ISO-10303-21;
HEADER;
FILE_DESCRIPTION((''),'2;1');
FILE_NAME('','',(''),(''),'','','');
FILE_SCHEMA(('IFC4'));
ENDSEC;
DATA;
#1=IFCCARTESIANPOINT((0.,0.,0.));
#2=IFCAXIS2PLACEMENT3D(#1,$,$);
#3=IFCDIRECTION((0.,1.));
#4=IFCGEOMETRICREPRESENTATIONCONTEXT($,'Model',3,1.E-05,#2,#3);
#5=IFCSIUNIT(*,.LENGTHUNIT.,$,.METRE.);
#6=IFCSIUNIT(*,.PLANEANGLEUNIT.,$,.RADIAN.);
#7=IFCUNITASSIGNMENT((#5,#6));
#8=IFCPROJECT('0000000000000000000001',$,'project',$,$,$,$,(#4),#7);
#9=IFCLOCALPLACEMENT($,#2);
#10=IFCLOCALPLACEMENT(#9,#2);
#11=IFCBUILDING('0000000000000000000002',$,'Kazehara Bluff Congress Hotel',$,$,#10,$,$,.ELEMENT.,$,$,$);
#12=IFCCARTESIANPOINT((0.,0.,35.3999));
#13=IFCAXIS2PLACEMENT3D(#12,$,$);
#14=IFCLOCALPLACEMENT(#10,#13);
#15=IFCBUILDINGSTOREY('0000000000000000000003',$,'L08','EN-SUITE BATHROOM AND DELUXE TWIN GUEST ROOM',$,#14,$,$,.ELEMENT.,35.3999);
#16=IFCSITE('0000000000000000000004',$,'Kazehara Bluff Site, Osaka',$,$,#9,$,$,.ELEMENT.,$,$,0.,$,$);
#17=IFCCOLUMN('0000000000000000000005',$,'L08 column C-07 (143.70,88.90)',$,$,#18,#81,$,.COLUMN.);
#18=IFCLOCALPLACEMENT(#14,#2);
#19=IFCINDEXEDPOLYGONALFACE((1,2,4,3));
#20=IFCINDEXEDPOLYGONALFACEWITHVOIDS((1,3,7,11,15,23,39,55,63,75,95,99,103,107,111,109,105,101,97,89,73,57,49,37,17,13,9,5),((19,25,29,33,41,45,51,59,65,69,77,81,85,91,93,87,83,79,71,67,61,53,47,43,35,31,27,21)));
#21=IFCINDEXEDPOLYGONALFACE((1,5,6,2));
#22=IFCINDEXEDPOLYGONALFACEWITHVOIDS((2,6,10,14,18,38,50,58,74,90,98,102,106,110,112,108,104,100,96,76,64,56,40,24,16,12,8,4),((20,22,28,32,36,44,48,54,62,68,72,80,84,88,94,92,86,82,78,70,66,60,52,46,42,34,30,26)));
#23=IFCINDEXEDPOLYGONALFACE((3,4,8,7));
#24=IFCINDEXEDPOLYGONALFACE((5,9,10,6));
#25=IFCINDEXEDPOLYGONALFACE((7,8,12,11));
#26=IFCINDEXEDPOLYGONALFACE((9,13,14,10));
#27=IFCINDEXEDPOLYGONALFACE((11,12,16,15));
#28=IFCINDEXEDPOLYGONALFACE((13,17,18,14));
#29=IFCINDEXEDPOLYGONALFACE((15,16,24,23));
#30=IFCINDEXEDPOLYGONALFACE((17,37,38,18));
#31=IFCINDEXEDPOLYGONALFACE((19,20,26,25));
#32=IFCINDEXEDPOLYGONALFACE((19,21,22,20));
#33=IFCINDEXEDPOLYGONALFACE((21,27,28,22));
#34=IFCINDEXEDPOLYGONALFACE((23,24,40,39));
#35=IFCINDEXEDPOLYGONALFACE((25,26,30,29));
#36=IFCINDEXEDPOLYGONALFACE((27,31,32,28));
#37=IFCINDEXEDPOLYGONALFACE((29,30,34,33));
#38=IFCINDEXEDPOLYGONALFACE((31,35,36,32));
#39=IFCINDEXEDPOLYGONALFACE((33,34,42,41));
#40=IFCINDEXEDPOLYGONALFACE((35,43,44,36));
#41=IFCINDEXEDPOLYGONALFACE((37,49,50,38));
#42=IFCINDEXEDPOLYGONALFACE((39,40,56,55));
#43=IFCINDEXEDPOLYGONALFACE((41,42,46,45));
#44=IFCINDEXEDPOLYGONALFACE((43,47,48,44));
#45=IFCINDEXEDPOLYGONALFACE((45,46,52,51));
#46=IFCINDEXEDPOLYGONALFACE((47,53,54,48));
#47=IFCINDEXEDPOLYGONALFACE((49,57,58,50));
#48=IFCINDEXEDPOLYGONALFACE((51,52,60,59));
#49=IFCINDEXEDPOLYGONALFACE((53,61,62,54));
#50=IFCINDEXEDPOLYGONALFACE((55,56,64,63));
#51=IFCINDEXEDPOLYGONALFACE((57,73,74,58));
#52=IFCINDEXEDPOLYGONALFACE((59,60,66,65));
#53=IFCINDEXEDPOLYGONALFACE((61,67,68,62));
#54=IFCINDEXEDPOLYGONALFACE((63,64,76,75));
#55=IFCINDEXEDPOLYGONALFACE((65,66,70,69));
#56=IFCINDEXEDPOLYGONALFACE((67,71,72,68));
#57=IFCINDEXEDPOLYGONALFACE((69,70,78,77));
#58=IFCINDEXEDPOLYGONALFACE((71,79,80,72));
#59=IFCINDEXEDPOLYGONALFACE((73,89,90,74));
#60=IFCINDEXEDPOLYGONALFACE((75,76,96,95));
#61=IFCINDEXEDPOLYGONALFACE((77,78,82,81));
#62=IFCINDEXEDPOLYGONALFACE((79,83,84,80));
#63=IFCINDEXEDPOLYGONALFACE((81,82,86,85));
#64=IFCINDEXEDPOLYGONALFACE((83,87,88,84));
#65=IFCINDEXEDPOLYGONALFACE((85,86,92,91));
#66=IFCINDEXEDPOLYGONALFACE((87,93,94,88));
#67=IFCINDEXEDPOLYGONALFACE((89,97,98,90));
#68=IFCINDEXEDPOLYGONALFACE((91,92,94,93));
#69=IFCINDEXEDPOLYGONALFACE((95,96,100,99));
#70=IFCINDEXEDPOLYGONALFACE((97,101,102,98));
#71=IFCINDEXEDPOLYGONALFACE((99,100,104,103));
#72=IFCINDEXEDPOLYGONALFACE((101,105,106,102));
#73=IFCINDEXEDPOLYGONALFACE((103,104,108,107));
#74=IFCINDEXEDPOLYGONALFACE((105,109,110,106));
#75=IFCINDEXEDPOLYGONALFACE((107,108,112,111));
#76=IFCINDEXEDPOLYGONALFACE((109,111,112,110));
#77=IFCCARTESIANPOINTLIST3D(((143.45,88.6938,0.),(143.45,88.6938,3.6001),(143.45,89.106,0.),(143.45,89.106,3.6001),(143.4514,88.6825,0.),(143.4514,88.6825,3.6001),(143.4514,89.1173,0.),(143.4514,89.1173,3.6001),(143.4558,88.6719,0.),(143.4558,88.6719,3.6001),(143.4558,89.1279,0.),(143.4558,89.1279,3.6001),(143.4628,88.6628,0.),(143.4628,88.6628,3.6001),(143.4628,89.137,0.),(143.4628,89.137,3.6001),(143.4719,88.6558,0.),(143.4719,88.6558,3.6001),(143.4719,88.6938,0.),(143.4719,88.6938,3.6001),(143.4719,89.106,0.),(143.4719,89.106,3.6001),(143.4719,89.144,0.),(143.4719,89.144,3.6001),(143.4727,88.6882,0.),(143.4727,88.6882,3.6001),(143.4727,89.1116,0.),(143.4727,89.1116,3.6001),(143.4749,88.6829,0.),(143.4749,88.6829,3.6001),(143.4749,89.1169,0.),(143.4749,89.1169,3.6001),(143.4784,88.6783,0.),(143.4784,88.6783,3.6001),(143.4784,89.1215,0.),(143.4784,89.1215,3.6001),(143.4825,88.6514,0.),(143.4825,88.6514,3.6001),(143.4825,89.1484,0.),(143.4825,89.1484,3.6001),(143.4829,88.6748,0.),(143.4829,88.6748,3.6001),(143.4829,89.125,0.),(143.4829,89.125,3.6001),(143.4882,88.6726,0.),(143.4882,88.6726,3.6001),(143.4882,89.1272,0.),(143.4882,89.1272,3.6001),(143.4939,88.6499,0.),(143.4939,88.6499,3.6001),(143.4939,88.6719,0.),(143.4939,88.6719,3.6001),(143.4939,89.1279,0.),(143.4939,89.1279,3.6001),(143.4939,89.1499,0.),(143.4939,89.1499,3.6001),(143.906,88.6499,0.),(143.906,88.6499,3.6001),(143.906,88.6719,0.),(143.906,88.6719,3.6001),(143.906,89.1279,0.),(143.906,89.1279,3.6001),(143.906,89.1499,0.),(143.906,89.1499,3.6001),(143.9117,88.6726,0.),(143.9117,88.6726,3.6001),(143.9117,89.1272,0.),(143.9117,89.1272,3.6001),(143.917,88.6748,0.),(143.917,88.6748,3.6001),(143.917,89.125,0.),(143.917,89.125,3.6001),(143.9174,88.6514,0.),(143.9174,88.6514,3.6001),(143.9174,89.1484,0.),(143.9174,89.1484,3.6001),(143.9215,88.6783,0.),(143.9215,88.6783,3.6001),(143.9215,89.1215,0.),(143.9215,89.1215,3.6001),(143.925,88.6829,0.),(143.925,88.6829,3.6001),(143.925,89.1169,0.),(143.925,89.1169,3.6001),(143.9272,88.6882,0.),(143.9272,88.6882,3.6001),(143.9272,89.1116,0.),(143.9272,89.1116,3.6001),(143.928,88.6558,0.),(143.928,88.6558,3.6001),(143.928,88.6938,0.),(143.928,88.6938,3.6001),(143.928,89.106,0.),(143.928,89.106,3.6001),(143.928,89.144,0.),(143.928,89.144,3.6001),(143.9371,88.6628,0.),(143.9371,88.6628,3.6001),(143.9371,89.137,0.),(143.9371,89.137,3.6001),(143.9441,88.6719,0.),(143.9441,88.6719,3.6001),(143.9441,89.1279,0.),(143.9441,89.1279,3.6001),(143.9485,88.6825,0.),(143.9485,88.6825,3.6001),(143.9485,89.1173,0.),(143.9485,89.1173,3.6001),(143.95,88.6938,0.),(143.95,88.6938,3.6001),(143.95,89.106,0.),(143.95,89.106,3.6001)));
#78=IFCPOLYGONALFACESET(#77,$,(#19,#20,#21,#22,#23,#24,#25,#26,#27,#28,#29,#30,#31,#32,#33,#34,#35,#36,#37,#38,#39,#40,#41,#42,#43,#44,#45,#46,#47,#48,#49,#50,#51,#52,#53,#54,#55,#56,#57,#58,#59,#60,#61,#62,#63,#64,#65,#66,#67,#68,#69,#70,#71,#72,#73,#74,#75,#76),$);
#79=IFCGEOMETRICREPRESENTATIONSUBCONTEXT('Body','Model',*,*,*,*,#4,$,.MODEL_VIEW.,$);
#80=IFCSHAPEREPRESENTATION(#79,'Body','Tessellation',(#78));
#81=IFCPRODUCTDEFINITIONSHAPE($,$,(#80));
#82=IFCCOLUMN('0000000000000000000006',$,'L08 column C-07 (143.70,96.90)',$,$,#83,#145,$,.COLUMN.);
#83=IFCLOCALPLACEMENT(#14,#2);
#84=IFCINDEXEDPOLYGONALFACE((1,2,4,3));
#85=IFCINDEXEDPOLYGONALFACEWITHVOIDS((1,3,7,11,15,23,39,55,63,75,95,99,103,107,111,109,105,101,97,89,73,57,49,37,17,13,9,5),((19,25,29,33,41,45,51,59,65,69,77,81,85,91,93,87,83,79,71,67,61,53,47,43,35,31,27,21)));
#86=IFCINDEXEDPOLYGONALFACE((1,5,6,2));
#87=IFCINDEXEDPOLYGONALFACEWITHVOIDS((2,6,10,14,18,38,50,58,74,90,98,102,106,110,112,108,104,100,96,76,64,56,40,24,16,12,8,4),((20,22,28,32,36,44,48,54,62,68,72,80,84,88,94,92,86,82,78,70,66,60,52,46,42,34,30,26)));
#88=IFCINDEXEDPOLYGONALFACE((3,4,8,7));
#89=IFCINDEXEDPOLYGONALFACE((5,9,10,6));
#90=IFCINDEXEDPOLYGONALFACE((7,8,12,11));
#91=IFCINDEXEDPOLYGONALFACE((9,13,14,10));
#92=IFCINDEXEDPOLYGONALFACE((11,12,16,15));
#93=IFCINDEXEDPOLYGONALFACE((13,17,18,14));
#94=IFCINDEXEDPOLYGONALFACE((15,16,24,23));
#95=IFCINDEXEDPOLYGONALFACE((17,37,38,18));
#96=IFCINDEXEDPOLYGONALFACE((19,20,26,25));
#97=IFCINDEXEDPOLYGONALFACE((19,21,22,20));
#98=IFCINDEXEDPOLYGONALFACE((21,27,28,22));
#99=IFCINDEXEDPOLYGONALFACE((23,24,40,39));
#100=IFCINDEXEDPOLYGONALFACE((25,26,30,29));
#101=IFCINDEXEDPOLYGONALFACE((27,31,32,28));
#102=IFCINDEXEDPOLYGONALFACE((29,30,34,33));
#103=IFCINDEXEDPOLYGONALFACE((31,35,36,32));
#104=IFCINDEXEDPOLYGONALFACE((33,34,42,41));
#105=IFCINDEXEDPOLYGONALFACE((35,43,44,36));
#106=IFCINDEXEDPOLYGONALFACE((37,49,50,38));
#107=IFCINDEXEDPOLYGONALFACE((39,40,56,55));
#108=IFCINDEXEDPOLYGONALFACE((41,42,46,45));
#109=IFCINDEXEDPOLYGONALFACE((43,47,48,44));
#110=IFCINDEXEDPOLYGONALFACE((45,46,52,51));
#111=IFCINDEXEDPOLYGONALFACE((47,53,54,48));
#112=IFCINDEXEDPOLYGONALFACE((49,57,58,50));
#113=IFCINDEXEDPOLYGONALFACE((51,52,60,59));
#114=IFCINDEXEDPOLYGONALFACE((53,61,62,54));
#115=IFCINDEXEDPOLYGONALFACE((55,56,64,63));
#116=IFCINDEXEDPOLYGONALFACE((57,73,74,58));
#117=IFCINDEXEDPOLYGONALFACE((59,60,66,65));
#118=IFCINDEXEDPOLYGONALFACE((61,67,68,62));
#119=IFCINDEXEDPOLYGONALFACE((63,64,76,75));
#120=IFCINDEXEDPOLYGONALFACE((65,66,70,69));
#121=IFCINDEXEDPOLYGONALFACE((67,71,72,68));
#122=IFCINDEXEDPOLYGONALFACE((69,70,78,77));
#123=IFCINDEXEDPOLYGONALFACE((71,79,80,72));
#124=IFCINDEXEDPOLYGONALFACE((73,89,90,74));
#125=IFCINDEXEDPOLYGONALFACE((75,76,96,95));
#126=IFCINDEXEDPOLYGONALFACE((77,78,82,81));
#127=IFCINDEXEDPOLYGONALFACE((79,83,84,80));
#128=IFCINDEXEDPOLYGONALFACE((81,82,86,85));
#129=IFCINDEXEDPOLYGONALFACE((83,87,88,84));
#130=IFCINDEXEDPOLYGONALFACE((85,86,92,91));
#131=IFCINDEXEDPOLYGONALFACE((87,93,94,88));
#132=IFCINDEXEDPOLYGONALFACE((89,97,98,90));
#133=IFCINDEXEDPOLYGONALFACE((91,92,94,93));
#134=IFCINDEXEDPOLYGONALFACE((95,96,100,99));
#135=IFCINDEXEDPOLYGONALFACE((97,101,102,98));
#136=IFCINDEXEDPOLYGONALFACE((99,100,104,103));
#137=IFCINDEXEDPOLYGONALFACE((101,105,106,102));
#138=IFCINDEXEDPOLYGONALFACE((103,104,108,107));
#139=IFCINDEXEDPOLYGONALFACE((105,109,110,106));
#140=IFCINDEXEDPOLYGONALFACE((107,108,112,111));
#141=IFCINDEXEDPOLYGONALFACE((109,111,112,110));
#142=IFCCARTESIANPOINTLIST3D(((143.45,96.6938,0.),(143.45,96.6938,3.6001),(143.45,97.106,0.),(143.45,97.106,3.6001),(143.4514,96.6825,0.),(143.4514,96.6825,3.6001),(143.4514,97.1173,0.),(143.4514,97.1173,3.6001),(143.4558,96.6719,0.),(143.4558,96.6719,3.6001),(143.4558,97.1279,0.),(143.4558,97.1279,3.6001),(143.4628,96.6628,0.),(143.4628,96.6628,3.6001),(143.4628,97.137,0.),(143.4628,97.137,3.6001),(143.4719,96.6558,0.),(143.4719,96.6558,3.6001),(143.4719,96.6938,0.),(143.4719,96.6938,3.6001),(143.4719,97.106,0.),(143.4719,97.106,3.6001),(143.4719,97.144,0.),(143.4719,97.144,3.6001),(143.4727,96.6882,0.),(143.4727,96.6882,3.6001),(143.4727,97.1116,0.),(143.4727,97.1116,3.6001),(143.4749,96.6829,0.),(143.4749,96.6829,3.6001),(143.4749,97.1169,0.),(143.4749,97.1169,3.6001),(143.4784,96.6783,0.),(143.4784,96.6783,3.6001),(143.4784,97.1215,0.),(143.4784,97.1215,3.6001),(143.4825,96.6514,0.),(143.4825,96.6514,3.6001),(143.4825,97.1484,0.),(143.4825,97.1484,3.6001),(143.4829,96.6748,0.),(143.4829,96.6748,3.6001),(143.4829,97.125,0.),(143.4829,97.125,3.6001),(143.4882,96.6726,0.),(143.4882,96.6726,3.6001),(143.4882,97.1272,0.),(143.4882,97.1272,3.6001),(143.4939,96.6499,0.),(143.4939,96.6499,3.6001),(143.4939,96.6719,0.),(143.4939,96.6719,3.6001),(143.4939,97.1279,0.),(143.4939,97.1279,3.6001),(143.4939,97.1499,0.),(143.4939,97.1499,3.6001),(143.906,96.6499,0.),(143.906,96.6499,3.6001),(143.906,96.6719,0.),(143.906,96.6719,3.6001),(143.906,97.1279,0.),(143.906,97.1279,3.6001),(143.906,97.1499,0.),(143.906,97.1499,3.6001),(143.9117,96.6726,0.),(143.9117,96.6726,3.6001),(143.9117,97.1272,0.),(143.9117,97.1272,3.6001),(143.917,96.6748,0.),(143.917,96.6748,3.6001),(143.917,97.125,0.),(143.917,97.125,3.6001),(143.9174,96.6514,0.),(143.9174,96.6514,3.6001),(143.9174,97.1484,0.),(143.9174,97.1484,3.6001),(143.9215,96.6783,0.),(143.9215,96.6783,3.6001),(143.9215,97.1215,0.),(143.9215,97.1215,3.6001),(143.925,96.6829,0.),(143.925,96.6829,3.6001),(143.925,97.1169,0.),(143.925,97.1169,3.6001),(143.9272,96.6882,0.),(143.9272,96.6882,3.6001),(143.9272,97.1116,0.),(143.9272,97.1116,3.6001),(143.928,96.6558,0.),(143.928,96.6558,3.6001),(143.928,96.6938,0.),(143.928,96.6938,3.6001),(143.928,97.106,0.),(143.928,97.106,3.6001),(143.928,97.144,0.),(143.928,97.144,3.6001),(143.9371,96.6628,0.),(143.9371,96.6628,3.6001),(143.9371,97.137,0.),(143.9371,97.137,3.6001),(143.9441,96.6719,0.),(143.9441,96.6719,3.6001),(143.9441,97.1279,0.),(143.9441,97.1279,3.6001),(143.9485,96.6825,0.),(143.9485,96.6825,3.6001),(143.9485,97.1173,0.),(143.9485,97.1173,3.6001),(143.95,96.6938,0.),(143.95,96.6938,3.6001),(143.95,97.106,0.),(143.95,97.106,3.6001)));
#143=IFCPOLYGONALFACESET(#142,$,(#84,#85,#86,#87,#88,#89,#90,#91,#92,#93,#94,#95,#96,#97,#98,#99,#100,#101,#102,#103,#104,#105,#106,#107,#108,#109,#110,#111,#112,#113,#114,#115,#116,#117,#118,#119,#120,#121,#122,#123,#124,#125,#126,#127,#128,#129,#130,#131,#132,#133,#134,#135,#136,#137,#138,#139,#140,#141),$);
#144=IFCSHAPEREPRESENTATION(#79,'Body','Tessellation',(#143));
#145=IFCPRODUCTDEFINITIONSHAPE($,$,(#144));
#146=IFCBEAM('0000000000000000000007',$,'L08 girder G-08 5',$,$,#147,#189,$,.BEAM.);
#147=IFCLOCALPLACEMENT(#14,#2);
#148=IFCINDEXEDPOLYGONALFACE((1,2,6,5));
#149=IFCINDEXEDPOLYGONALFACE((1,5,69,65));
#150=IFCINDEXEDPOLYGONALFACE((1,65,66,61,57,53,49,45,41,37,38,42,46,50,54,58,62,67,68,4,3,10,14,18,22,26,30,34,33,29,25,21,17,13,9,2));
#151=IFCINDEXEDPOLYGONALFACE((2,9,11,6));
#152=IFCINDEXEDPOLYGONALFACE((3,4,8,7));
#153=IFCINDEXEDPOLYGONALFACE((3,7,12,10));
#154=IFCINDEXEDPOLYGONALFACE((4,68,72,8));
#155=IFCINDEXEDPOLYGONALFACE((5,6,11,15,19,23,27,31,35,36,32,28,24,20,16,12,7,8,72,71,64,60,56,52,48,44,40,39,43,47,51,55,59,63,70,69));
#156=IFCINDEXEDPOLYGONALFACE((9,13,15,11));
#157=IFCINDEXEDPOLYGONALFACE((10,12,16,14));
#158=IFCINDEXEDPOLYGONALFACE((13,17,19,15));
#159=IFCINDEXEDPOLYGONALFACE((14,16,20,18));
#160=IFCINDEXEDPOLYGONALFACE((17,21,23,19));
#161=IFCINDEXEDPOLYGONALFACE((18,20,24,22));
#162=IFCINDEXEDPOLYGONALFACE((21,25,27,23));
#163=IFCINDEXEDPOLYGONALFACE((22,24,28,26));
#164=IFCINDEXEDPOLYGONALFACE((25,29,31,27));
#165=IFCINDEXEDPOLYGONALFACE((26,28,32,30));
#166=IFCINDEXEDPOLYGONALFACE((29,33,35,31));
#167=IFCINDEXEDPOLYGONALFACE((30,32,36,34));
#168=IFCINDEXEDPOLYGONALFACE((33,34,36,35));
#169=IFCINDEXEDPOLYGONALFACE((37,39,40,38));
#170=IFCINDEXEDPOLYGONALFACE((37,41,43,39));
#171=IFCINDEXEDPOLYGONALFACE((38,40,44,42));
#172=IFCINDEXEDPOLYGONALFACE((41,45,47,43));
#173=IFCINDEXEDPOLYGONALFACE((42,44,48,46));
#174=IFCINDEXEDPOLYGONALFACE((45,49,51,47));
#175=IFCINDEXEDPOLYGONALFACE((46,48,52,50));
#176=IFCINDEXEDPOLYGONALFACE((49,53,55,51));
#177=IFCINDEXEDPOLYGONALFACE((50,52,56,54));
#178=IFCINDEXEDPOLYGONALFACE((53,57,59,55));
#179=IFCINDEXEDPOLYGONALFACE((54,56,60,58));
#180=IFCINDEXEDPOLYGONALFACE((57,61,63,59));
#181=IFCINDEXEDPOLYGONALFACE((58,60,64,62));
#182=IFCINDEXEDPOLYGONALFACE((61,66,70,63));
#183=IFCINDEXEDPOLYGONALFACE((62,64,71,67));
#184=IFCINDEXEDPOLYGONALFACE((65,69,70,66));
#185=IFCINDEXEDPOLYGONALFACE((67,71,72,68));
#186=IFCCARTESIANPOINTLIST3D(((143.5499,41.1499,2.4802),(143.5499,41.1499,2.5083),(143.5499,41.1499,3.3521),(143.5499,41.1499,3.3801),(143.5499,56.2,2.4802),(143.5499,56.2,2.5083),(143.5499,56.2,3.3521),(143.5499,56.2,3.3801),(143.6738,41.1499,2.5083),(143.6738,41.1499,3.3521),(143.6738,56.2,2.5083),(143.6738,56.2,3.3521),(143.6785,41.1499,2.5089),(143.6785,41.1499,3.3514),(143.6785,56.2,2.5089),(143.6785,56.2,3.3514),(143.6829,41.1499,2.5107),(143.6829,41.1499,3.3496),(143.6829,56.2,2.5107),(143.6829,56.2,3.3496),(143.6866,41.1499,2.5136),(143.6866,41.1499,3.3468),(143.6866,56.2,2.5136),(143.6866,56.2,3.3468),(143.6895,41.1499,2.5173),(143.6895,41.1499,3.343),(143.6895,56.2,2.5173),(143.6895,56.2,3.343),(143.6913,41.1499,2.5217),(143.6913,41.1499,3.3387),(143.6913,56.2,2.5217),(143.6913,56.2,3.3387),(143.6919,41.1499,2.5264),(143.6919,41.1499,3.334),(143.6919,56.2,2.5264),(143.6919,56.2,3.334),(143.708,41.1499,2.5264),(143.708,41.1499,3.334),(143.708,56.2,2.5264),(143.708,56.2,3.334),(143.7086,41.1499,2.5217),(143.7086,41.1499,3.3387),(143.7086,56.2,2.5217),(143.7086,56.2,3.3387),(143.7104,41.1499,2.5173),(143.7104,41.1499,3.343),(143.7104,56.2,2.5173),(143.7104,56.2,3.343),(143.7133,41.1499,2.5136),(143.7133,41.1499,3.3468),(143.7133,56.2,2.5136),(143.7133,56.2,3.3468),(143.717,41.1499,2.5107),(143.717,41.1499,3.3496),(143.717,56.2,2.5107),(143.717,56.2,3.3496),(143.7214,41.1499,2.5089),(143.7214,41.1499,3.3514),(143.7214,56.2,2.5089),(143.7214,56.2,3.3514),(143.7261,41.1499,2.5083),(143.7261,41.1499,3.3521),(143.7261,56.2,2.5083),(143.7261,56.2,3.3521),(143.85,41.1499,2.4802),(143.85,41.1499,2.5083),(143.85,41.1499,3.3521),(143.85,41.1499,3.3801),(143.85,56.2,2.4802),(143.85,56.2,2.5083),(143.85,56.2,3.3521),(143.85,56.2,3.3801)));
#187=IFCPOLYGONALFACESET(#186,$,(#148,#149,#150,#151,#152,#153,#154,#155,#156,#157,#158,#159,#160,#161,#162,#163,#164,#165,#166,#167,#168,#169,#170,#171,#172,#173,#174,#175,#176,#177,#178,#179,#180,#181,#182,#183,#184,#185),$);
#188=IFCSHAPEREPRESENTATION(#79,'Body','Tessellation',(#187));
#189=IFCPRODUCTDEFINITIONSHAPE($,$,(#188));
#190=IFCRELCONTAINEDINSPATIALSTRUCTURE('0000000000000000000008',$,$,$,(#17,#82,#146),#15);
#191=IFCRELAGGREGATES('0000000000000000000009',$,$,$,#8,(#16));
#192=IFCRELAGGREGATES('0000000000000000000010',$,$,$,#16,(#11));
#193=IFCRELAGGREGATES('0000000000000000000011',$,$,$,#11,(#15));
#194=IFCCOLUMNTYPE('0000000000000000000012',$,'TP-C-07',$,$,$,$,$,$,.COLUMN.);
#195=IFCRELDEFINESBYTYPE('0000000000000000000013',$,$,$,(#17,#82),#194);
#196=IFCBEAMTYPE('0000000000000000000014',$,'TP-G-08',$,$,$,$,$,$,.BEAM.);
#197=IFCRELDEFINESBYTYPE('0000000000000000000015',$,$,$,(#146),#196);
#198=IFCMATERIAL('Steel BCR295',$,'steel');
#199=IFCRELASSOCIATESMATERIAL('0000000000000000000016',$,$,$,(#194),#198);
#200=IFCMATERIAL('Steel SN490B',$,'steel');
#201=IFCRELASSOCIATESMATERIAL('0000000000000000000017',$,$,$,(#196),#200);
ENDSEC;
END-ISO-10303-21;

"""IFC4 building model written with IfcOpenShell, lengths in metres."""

from ifc_helpers import new_model, si_unit, direction, frame, origin, origin_2d, place, context, subcontext, project, spatial, hollow_rectangle, i_section, extrude, material, material_profile, profile_set, type_object, element, save


model = new_model("IFC4")

# Units and contexts
model_context = context("Model", 3, precision=1e-05, world=origin(), true_north=direction((0.0, 1.0)))
body_context = subcontext(model_context, "Body", "Model", "MODEL_VIEW")
ifc_project = project(units=[si_unit("LENGTHUNIT", "METRE"), si_unit("PLANEANGLEUNIT", "RADIAN")], contexts=[model_context])

# Site, building, storey
site_placement = place(None, origin())
site = spatial("IfcSite", under=ifc_project, at=site_placement, Name="Kazehara Bluff Site, Osaka", CompositionType="ELEMENT", RefElevation=0.0)
building_placement = place(site_placement, origin())
building = spatial("IfcBuilding", under=site, at=building_placement, Name="Kazehara Bluff Congress Hotel", CompositionType="ELEMENT")
storey_placement = place(building_placement, frame((0.0, 0.0, 35.3999)))
storey = spatial("IfcBuildingStorey", under=building, at=storey_placement, Name="L08", Description="EN-SUITE BATHROOM AND DELUXE TWIN GUEST ROOM", CompositionType="ELEMENT", Elevation=35.3999)

# Columns
ifc_material_1 = material(Name="Steel BCR295", Category="steel")
ifc_material_profile_1 = material_profile(ifc_material_1, hollow_rectangle(XDim=0.5, YDim=0.5, WallThickness=0.022, InnerFilletRadius=0.022, OuterFilletRadius=0.0439, at=origin_2d()))
ifc_profile_set_1 = profile_set([ifc_material_profile_1], Name="Steel BCR295")
column_type = type_object("IfcColumnType", Name="TP-C-07", PredefinedType="COLUMN", material=ifc_profile_set_1)
for number, where, z_axis, x_axis, name in (
    (1, (143.7, 88.8999, 0.0), (0.0, 0.0, 1.0), (1.0, 0.0, 0.0), "L08 column C-07 (143.70,88.90)"),
    (2, (143.7, 96.8999, 0.0), (0.0, 0.0, 1.0), (1.0, 0.0, 0.0), "L08 column C-07 (143.70,96.90)"),
):
    element("IfcColumn", number, at=place(storey_placement, frame(where, z_axis=z_axis, x_axis=x_axis)), inside=storey, type_object=column_type, Name=name, PredefinedType="COLUMN", context=body_context, shape_type="SweptSolid", body=[
        extrude(hollow_rectangle(XDim=0.5, YDim=0.5, WallThickness=0.022, InnerFilletRadius=0.022, OuterFilletRadius=0.0439, at=origin_2d()), origin(), (0.0, 0.0, 1.0), 3.6001),
    ])

# Beam
ifc_material_2 = material(Name="Steel SN490B", Category="steel")
ifc_material_profile_2 = material_profile(ifc_material_2, i_section(OverallWidth=0.3, OverallDepth=0.8999, WebThickness=0.0161, FlangeThickness=0.0281, FilletRadius=0.0181, at=origin_2d()))
ifc_profile_set_2 = profile_set([ifc_material_profile_2], Name="Steel SN490B")
beam_type_1 = type_object("IfcBeamType", Name="TP-G-08", PredefinedType="BEAM", material=ifc_profile_set_2)
beam_1_placement = place(storey_placement, frame((143.7, 41.1499, 2.9302), z_axis=(0.0, 1.0, 0.0), x_axis=(-1.0, 0.0, 0.0)))
element("IfcBeam", 3, at=beam_1_placement, inside=storey, type_object=beam_type_1, Name="L08 girder G-08 5", PredefinedType="BEAM", context=body_context, shape_type="SweptSolid", body=[
    extrude(i_section(OverallWidth=0.3, OverallDepth=0.8999, WebThickness=0.0161, FlangeThickness=0.0281, FilletRadius=0.0181, at=origin_2d()), origin(), (0.0, 0.0, 1.0), 15.05),
])

save(model, "model.ifc")
